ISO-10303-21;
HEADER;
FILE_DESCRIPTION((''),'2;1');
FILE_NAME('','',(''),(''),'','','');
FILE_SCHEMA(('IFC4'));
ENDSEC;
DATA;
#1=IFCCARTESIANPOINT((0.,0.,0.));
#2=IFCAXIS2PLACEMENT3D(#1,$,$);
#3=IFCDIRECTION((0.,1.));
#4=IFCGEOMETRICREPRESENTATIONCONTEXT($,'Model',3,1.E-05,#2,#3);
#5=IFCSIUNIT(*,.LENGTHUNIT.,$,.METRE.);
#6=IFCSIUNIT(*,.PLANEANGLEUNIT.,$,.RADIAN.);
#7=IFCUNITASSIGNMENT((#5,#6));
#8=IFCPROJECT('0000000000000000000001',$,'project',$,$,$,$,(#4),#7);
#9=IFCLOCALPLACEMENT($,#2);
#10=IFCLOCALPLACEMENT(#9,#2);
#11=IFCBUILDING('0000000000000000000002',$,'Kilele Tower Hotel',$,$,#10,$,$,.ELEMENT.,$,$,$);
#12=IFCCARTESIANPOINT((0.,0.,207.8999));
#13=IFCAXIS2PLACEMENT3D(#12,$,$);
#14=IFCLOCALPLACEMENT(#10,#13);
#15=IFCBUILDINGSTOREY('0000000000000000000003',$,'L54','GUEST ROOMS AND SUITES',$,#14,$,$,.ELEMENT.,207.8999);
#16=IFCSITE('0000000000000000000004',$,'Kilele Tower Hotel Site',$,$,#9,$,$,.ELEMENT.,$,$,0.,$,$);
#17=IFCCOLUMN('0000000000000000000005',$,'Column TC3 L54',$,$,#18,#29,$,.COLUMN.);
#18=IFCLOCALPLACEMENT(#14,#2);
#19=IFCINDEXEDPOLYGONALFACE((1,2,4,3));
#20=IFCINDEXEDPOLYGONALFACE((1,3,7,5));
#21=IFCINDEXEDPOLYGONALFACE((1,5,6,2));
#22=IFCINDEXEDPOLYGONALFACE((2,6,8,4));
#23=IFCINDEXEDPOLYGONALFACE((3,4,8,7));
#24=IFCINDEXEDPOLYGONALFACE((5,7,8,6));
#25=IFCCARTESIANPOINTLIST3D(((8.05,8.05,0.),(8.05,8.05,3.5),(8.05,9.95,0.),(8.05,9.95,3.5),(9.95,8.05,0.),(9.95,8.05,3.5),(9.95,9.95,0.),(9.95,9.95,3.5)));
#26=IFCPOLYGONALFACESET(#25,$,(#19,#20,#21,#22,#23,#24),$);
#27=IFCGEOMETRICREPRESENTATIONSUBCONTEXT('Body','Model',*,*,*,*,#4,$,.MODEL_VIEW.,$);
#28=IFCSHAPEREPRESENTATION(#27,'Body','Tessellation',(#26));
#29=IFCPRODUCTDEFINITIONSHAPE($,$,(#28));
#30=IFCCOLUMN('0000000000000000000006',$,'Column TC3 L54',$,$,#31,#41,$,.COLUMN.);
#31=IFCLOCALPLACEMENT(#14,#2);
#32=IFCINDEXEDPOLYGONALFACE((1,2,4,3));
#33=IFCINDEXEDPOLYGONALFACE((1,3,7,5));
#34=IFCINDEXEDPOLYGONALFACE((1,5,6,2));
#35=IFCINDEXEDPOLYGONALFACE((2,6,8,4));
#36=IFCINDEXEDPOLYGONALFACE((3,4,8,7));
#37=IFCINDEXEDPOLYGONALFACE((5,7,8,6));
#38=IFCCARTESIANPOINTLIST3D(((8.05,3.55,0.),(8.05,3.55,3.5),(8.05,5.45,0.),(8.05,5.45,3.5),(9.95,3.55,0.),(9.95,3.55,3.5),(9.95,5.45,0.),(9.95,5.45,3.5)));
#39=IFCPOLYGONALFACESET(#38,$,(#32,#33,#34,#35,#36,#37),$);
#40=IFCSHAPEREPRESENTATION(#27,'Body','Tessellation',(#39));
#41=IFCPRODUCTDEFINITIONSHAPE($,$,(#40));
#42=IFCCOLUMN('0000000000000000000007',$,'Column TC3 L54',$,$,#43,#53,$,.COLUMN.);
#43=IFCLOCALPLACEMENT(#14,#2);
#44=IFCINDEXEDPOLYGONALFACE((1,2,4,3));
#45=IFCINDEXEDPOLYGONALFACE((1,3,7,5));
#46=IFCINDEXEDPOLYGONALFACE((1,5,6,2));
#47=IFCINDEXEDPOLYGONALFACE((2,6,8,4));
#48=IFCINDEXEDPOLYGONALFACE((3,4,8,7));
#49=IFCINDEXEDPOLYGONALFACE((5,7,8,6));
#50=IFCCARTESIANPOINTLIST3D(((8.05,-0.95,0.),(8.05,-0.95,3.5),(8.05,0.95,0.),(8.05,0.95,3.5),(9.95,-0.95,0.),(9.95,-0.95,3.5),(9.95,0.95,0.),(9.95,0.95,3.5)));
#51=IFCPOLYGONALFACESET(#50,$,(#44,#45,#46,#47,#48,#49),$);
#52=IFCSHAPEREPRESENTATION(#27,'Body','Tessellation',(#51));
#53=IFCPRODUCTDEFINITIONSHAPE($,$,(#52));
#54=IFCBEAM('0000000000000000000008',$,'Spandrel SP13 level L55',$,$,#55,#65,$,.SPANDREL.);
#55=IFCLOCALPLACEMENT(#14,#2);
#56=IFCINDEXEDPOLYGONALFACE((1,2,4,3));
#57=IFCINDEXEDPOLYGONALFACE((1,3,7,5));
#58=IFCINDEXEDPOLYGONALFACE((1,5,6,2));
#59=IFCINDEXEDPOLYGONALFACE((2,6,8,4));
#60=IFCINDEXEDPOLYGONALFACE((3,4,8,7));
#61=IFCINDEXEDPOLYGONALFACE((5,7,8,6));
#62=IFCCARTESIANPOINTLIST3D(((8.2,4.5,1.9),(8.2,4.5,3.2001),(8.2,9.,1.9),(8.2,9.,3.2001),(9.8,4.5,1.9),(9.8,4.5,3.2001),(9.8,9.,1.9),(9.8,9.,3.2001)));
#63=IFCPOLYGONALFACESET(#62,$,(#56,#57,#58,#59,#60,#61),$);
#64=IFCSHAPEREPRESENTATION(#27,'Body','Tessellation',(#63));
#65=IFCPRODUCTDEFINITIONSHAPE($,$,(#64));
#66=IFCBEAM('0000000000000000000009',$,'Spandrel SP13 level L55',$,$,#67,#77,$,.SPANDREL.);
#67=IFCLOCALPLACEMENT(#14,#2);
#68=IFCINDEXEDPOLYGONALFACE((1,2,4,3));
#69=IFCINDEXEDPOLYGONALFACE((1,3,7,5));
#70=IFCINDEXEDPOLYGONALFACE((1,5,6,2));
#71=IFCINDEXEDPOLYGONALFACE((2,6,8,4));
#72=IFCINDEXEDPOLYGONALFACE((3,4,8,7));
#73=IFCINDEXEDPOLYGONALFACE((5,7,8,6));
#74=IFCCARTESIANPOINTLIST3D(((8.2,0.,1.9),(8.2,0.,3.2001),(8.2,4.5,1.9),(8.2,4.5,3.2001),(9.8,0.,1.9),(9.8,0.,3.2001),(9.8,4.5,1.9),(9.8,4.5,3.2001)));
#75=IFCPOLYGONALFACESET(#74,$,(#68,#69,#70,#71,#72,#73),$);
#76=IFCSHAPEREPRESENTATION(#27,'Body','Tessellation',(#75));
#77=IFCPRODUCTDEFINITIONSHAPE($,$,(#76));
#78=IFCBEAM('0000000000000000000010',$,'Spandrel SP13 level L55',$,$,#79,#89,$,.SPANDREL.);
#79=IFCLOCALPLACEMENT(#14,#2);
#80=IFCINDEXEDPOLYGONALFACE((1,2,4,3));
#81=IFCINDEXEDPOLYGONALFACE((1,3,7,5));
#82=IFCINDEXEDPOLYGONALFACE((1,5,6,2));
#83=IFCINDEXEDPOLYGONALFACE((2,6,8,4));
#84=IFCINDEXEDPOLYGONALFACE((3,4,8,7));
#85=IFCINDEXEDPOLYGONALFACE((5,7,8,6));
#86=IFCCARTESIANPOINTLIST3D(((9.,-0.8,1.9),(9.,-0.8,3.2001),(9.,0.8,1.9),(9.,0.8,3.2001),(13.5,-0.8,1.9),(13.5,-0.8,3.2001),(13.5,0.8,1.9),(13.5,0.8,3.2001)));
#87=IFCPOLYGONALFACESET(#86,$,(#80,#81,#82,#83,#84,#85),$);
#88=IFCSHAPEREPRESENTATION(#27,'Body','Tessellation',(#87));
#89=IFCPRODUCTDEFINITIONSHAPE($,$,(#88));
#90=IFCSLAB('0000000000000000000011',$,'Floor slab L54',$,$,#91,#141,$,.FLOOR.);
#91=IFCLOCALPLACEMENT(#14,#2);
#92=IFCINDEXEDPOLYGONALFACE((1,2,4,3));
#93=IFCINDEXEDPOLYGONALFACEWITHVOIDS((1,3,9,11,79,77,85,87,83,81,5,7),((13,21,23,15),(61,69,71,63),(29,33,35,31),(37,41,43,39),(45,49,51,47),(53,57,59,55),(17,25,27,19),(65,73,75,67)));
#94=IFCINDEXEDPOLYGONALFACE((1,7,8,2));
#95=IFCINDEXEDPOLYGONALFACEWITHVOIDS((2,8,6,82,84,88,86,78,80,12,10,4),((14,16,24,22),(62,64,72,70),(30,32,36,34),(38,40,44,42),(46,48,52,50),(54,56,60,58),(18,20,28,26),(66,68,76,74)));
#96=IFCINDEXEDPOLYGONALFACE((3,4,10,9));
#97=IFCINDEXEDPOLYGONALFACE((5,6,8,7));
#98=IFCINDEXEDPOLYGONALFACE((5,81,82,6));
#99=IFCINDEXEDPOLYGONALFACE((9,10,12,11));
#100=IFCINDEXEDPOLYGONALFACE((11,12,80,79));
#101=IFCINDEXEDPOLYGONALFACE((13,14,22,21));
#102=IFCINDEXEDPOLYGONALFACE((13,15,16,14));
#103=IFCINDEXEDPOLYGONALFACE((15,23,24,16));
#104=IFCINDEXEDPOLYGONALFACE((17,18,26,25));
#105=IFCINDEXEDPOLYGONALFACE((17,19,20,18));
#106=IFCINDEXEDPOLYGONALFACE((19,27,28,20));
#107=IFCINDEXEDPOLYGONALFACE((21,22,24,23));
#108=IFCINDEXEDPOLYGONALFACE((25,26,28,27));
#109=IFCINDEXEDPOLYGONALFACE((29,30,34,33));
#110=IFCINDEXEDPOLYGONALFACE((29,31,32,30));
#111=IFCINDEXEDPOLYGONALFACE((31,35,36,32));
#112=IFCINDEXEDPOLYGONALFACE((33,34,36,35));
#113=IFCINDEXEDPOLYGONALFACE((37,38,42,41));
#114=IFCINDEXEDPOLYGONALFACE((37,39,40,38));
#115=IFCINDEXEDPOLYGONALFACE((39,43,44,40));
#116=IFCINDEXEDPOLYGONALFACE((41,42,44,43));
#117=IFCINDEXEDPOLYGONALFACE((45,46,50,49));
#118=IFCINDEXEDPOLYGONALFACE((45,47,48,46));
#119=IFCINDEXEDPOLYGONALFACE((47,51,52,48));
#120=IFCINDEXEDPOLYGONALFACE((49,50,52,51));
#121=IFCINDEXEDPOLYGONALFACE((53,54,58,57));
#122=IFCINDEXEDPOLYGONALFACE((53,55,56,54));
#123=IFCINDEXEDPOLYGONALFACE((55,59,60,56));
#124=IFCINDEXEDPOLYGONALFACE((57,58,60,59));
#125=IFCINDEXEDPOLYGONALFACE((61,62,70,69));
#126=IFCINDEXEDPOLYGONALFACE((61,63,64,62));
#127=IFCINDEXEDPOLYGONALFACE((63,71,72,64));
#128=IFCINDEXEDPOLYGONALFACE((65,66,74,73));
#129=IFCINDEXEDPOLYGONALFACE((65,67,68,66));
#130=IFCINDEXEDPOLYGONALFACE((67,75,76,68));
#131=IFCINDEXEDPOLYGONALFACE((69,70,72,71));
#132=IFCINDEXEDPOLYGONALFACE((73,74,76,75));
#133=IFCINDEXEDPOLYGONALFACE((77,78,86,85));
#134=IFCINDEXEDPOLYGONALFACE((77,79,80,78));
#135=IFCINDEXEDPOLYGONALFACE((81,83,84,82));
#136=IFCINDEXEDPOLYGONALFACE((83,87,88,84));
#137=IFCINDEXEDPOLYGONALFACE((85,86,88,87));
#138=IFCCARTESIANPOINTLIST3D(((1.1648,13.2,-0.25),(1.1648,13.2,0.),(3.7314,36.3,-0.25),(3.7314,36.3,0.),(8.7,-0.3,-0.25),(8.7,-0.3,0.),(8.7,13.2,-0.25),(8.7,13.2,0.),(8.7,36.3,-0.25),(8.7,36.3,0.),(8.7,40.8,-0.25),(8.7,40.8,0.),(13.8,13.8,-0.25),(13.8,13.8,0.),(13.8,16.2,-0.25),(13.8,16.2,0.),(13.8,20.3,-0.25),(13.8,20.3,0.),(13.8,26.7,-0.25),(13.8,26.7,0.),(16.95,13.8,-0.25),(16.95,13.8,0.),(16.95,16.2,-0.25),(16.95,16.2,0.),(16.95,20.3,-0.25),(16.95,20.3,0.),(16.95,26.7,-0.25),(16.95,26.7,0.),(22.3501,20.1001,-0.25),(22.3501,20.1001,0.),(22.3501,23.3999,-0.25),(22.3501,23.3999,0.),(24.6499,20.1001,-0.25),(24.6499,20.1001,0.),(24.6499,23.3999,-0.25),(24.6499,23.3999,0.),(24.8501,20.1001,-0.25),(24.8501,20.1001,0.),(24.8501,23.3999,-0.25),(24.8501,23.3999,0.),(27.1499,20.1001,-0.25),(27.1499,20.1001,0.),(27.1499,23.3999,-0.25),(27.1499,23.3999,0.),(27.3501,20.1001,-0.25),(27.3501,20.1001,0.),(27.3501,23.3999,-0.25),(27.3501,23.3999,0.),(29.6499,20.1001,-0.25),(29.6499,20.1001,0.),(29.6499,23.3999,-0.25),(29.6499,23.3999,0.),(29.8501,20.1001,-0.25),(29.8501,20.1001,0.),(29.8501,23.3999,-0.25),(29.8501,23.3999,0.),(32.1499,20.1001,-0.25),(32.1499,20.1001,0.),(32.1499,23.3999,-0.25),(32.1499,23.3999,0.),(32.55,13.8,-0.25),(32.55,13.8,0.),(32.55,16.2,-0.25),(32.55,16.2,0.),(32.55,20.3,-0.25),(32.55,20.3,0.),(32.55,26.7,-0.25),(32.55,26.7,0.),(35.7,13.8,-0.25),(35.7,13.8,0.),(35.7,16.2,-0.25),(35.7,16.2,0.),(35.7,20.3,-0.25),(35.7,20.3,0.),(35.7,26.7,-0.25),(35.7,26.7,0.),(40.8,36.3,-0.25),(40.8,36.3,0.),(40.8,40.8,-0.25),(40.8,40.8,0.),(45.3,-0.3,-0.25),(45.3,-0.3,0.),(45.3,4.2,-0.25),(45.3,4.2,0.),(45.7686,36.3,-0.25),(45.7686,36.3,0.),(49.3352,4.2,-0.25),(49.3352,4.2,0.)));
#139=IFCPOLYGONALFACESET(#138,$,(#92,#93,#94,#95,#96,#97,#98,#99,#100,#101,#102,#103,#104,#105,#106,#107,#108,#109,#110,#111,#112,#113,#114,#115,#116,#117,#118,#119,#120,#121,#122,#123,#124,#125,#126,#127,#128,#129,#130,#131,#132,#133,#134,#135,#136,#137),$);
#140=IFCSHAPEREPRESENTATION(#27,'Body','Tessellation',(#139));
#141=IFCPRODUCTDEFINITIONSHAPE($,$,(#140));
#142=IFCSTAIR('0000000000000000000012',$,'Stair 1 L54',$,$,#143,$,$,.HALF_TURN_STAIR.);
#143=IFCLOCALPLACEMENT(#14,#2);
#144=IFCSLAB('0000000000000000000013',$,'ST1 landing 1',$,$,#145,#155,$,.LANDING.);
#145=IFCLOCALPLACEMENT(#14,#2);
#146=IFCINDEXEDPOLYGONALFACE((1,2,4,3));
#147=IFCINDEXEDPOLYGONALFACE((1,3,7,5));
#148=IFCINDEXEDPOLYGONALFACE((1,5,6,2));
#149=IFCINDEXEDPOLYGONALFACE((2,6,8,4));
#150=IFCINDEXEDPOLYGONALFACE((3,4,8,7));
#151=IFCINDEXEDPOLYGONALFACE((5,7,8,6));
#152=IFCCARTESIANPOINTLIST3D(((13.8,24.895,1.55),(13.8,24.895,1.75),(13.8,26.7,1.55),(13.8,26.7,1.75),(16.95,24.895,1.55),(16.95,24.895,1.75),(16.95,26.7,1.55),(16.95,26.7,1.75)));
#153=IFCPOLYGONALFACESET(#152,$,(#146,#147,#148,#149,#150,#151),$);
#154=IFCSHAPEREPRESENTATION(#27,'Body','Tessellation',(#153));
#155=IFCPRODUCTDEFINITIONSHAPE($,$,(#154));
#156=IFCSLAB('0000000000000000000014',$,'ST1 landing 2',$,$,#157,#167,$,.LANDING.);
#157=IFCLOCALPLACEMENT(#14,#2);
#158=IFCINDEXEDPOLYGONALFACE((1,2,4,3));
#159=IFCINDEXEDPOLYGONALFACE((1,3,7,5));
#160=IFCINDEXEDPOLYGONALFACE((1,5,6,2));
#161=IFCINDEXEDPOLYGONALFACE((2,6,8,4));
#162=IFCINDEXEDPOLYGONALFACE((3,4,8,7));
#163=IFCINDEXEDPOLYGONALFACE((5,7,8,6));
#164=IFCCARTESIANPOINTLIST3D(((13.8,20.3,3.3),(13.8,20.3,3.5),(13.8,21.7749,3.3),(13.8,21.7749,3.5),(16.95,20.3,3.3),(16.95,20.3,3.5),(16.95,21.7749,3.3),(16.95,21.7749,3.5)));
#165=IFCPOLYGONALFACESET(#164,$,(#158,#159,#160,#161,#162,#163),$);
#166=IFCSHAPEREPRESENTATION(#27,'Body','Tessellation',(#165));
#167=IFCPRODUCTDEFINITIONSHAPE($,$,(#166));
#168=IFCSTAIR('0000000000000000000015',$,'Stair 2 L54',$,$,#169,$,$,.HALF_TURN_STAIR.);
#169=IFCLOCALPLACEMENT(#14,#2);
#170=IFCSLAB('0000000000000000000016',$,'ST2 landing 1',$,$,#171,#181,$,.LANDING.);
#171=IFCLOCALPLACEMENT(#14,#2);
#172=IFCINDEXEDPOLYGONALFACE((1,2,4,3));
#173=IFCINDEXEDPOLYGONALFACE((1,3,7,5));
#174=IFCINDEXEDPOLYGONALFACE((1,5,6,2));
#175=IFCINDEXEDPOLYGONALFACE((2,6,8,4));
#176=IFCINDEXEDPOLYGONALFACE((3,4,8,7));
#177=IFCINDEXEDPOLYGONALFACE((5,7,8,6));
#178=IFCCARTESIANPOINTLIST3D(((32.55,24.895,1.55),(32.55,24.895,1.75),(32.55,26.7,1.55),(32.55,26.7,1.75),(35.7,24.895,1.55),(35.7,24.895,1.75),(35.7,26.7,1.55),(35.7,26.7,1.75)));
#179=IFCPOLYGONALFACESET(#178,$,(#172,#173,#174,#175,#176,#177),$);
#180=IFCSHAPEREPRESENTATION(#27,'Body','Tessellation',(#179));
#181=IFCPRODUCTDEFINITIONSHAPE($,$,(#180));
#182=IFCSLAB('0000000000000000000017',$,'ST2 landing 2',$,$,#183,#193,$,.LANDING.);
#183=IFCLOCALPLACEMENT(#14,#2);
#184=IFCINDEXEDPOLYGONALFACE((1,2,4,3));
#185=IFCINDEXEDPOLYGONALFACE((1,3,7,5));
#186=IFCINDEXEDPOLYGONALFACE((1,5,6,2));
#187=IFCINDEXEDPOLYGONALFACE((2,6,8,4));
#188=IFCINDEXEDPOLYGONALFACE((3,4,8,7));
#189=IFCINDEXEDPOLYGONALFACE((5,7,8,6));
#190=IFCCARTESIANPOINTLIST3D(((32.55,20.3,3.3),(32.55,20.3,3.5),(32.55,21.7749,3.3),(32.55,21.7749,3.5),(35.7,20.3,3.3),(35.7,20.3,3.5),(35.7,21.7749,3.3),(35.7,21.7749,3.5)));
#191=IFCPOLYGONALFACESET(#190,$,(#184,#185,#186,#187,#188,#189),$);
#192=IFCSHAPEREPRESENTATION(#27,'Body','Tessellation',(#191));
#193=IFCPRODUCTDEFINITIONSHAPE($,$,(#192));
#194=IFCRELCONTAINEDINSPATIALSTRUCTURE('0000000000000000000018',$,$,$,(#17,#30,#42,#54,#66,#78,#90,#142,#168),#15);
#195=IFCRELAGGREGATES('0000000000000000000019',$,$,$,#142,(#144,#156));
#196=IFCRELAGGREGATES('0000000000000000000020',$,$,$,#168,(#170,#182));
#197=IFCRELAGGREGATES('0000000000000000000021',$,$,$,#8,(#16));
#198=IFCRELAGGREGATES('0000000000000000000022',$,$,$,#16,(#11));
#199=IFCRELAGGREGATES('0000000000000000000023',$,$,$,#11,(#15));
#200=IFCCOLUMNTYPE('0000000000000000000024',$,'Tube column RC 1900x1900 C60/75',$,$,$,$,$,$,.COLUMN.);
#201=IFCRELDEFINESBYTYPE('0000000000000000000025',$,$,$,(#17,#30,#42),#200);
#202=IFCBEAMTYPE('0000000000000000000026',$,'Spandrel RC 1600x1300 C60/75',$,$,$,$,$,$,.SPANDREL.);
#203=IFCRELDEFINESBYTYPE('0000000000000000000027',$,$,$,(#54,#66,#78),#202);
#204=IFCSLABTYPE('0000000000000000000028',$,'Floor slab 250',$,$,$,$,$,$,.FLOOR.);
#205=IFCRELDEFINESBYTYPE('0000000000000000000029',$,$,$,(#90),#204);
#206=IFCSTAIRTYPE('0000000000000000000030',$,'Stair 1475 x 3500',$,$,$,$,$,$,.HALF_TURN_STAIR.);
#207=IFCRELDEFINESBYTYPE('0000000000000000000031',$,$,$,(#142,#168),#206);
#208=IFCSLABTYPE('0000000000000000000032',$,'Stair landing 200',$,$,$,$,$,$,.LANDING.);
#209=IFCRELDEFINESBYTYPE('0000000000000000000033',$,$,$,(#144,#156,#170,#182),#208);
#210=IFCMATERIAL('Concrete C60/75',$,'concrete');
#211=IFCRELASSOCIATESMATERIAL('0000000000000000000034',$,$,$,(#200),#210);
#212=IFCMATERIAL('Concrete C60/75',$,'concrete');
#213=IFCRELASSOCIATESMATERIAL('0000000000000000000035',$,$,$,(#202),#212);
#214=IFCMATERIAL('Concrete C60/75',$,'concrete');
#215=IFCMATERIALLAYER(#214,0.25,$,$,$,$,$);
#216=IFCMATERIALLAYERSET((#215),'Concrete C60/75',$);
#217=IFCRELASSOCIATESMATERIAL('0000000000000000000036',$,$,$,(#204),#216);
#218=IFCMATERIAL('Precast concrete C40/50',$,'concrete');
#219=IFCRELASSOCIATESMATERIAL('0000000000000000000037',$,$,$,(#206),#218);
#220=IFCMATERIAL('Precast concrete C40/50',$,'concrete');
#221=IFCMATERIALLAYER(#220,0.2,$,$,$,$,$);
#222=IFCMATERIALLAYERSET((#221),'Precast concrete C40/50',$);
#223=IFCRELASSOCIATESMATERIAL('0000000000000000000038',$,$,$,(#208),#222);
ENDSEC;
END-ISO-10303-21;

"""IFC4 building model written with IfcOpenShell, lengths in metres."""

from ifc_helpers import new_model, si_unit, direction, frame, origin, origin_2d, place, context, subcontext, project, spatial, polyline, rectangle, outline, extrude, material, layer, layer_set, material_profile, profile_set, type_object, element, aggregate, save


model = new_model("IFC4")

# Units and contexts
model_context = context("Model", 3, precision=1e-05, world=origin(), true_north=direction((0.0, 1.0)))
body_context = subcontext(model_context, "Body", "Model", "MODEL_VIEW")
ifc_project = project(units=[si_unit("LENGTHUNIT", "METRE"), si_unit("PLANEANGLEUNIT", "RADIAN")], contexts=[model_context])

# Site, building, storey
site_placement = place(None, origin())
site = spatial("IfcSite", under=ifc_project, at=site_placement, Name="Kilele Tower Hotel Site", CompositionType="ELEMENT", RefElevation=0.0)
building_placement = place(site_placement, origin())
building = spatial("IfcBuilding", under=site, at=building_placement, Name="Kilele Tower Hotel", CompositionType="ELEMENT")
storey_placement = place(building_placement, frame((0.0, 0.0, 207.8999)))
storey = spatial("IfcBuildingStorey", under=building, at=storey_placement, Name="L54", Description="GUEST ROOMS AND SUITES", CompositionType="ELEMENT", Elevation=207.8999)

# Columns
ifc_material_1 = material(Name="Concrete C60/75", Category="concrete")
ifc_material_profile_1 = material_profile(ifc_material_1, rectangle(XDim=1.8999, YDim=1.8999, at=origin_2d()))
ifc_profile_set_1 = profile_set([ifc_material_profile_1], Name="Concrete C60/75")
column_type = type_object("IfcColumnType", Name="Tube column RC 1900x1900 C60/75", PredefinedType="COLUMN", material=ifc_profile_set_1)
for number, where, z_axis, x_axis, name in (
    (1, (9.0, 9.0, 0.0), (0.0, 0.0, 1.0), (1.0, 0.0, 0.0), "Column TC3 L54"),
    (2, (9.0, 4.5, 0.0), (0.0, 0.0, 1.0), (1.0, 0.0, 0.0), "Column TC3 L54"),
    (3, (9.0, 0.0, 0.0), (0.0, 0.0, 1.0), (1.0, 0.0, 0.0), "Column TC3 L54"),
):
    element("IfcColumn", number, at=place(storey_placement, frame(where, z_axis=z_axis, x_axis=x_axis)), inside=storey, type_object=column_type, Name=name, PredefinedType="COLUMN", context=body_context, shape_type="SweptSolid", body=[
        extrude(rectangle(XDim=1.8999, YDim=1.8999, at=origin_2d()), origin(), (0.0, 0.0, 1.0), 3.5),
    ])

# Beams
ifc_material_2 = material(Name="Concrete C60/75", Category="concrete")
ifc_material_profile_2 = material_profile(ifc_material_2, rectangle(XDim=1.6001, YDim=1.3, at=origin_2d()))
ifc_profile_set_2 = profile_set([ifc_material_profile_2], Name="Concrete C60/75")
beam_type = type_object("IfcBeamType", Name="Spandrel RC 1600x1300 C60/75", PredefinedType="SPANDREL", material=ifc_profile_set_2)
for number, where, z_axis, x_axis, name in (
    (4, (9.0, 9.0, 2.55), (0.0, -1.0, 0.0), (1.0, 0.0, 0.0), "Spandrel SP13 level L55"),
    (5, (9.0, 4.5, 2.55), (0.0, -1.0, 0.0), (1.0, 0.0, 0.0), "Spandrel SP13 level L55"),
    (6, (9.0, 0.0, 2.55), (1.0, 0.0, 0.0), (0.0, 1.0, 0.0), "Spandrel SP13 level L55"),
):
    element("IfcBeam", number, at=place(storey_placement, frame(where, z_axis=z_axis, x_axis=x_axis)), inside=storey, type_object=beam_type, Name=name, PredefinedType="SPANDREL", context=body_context, shape_type="SweptSolid", body=[
        extrude(rectangle(XDim=1.6001, YDim=1.3, at=origin_2d()), origin(), (0.0, 0.0, 1.0), 4.5),
    ])

# Slab
ifc_material_3 = material(Name="Concrete C60/75", Category="concrete")
ifc_layer_1 = layer(ifc_material_3, 0.25)
ifc_layer_set_1 = layer_set([ifc_layer_1], Name="Concrete C60/75")
slab_type_1 = type_object("IfcSlabType", Name="Floor slab 250", PredefinedType="FLOOR", material=ifc_layer_set_1)
slab_1_placement = place(storey_placement, frame((0.0, 0.0, -0.25)))
element("IfcSlab", 7, at=slab_1_placement, inside=storey, type_object=slab_type_1, Name="Floor slab L54", PredefinedType="FLOOR", context=body_context, shape_type="SweptSolid", body=[
    extrude(outline(polyline([(8.7, 36.3), (8.7, 40.8), (40.8, 40.8), (40.8, 36.3), (45.7686, 36.3), (49.3352, 4.2), (45.3, 4.2), (45.3, -0.3), (8.7, -0.3), (8.7, 13.2), (1.1648, 13.2), (3.7314, 36.3), (8.7, 36.3)]), holes=[polyline([(16.95, 16.2), (13.8, 16.2), (13.8, 13.8), (16.95, 13.8), (16.95, 16.2)]), polyline([(35.7, 16.2), (32.55, 16.2), (32.55, 13.8), (35.7, 13.8), (35.7, 16.2)]), polyline([(24.6499, 23.3999), (22.3501, 23.3999), (22.3501, 20.1001), (24.6499, 20.1001), (24.6499, 23.3999)]), polyline([(27.1499, 23.3999), (24.8501, 23.3999), (24.8501, 20.1001), (27.1499, 20.1001), (27.1499, 23.3999)]), polyline([(29.6499, 23.3999), (27.3501, 23.3999), (27.3501, 20.1001), (29.6499, 20.1001), (29.6499, 23.3999)]), polyline([(32.1499, 23.3999), (29.8501, 23.3999), (29.8501, 20.1001), (32.1499, 20.1001), (32.1499, 23.3999)]), polyline([(16.95, 26.7), (13.8, 26.7), (13.8, 20.3), (16.95, 20.3), (16.95, 26.7)]), polyline([(35.7, 26.7), (32.55, 26.7), (32.55, 20.3), (35.7, 20.3), (35.7, 26.7)])]), origin(), (0.0, 0.0, 1.0), 0.25),
])

# Stairs, slabs
ifc_material_4 = material(Name="Precast concrete C40/50", Category="concrete")
stair_type = type_object("IfcStairType", Name="Stair 1475 x 3500", PredefinedType="HALF_TURN_STAIR", material=ifc_material_4)
stair_1_placement = place(storey_placement, origin())
stair_1 = element("IfcStair", 8, at=stair_1_placement, inside=storey, type_object=stair_type, Name="Stair 1 L54", PredefinedType="HALF_TURN_STAIR")
ifc_material_5 = material(Name="Precast concrete C40/50", Category="concrete")
ifc_layer_2 = layer(ifc_material_5, 0.2)
ifc_layer_set_2 = layer_set([ifc_layer_2], Name="Precast concrete C40/50")
slab_type_2 = type_object("IfcSlabType", Name="Stair landing 200", PredefinedType="LANDING", material=ifc_layer_set_2)
slab_2_placement = place(storey_placement, frame((0.0, 0.0, 1.55)))
slab_2 = element("IfcSlab", 9, at=slab_2_placement, type_object=slab_type_2, Name="ST1 landing 1", PredefinedType="LANDING", context=body_context, shape_type="SweptSolid", body=[
    extrude(outline(polyline([(13.8, 24.895), (16.95, 24.895), (16.95, 26.7), (13.8, 26.7), (13.8, 24.895)])), origin(), (0.0, 0.0, 1.0), 0.2),
])
slab_3_placement = place(storey_placement, frame((0.0, 0.0, 3.3)))
slab_3 = element("IfcSlab", 10, at=slab_3_placement, type_object=slab_type_2, Name="ST1 landing 2", PredefinedType="LANDING", context=body_context, shape_type="SweptSolid", body=[
    extrude(outline(polyline([(13.8, 20.3), (16.95, 20.3), (16.95, 21.7749), (13.8, 21.7749), (13.8, 20.3)])), origin(), (0.0, 0.0, 1.0), 0.2),
])
aggregate(stair_1, [slab_2, slab_3])
stair_2_placement = place(storey_placement, origin())
stair_2 = element("IfcStair", 11, at=stair_2_placement, inside=storey, type_object=stair_type, Name="Stair 2 L54", PredefinedType="HALF_TURN_STAIR")
slab_4_placement = place(storey_placement, frame((0.0, 0.0, 1.55)))
slab_4 = element("IfcSlab", 12, at=slab_4_placement, type_object=slab_type_2, Name="ST2 landing 1", PredefinedType="LANDING", context=body_context, shape_type="SweptSolid", body=[
    extrude(outline(polyline([(32.55, 24.895), (35.7, 24.895), (35.7, 26.7), (32.55, 26.7), (32.55, 24.895)])), origin(), (0.0, 0.0, 1.0), 0.2),
])
slab_5_placement = place(storey_placement, frame((0.0, 0.0, 3.3)))
slab_5 = element("IfcSlab", 13, at=slab_5_placement, type_object=slab_type_2, Name="ST2 landing 2", PredefinedType="LANDING", context=body_context, shape_type="SweptSolid", body=[
    extrude(outline(polyline([(32.55, 20.3), (35.7, 20.3), (35.7, 21.7749), (32.55, 21.7749), (32.55, 20.3)])), origin(), (0.0, 0.0, 1.0), 0.2),
])
aggregate(stair_2, [slab_4, slab_5])

save(model, "model.ifc")
